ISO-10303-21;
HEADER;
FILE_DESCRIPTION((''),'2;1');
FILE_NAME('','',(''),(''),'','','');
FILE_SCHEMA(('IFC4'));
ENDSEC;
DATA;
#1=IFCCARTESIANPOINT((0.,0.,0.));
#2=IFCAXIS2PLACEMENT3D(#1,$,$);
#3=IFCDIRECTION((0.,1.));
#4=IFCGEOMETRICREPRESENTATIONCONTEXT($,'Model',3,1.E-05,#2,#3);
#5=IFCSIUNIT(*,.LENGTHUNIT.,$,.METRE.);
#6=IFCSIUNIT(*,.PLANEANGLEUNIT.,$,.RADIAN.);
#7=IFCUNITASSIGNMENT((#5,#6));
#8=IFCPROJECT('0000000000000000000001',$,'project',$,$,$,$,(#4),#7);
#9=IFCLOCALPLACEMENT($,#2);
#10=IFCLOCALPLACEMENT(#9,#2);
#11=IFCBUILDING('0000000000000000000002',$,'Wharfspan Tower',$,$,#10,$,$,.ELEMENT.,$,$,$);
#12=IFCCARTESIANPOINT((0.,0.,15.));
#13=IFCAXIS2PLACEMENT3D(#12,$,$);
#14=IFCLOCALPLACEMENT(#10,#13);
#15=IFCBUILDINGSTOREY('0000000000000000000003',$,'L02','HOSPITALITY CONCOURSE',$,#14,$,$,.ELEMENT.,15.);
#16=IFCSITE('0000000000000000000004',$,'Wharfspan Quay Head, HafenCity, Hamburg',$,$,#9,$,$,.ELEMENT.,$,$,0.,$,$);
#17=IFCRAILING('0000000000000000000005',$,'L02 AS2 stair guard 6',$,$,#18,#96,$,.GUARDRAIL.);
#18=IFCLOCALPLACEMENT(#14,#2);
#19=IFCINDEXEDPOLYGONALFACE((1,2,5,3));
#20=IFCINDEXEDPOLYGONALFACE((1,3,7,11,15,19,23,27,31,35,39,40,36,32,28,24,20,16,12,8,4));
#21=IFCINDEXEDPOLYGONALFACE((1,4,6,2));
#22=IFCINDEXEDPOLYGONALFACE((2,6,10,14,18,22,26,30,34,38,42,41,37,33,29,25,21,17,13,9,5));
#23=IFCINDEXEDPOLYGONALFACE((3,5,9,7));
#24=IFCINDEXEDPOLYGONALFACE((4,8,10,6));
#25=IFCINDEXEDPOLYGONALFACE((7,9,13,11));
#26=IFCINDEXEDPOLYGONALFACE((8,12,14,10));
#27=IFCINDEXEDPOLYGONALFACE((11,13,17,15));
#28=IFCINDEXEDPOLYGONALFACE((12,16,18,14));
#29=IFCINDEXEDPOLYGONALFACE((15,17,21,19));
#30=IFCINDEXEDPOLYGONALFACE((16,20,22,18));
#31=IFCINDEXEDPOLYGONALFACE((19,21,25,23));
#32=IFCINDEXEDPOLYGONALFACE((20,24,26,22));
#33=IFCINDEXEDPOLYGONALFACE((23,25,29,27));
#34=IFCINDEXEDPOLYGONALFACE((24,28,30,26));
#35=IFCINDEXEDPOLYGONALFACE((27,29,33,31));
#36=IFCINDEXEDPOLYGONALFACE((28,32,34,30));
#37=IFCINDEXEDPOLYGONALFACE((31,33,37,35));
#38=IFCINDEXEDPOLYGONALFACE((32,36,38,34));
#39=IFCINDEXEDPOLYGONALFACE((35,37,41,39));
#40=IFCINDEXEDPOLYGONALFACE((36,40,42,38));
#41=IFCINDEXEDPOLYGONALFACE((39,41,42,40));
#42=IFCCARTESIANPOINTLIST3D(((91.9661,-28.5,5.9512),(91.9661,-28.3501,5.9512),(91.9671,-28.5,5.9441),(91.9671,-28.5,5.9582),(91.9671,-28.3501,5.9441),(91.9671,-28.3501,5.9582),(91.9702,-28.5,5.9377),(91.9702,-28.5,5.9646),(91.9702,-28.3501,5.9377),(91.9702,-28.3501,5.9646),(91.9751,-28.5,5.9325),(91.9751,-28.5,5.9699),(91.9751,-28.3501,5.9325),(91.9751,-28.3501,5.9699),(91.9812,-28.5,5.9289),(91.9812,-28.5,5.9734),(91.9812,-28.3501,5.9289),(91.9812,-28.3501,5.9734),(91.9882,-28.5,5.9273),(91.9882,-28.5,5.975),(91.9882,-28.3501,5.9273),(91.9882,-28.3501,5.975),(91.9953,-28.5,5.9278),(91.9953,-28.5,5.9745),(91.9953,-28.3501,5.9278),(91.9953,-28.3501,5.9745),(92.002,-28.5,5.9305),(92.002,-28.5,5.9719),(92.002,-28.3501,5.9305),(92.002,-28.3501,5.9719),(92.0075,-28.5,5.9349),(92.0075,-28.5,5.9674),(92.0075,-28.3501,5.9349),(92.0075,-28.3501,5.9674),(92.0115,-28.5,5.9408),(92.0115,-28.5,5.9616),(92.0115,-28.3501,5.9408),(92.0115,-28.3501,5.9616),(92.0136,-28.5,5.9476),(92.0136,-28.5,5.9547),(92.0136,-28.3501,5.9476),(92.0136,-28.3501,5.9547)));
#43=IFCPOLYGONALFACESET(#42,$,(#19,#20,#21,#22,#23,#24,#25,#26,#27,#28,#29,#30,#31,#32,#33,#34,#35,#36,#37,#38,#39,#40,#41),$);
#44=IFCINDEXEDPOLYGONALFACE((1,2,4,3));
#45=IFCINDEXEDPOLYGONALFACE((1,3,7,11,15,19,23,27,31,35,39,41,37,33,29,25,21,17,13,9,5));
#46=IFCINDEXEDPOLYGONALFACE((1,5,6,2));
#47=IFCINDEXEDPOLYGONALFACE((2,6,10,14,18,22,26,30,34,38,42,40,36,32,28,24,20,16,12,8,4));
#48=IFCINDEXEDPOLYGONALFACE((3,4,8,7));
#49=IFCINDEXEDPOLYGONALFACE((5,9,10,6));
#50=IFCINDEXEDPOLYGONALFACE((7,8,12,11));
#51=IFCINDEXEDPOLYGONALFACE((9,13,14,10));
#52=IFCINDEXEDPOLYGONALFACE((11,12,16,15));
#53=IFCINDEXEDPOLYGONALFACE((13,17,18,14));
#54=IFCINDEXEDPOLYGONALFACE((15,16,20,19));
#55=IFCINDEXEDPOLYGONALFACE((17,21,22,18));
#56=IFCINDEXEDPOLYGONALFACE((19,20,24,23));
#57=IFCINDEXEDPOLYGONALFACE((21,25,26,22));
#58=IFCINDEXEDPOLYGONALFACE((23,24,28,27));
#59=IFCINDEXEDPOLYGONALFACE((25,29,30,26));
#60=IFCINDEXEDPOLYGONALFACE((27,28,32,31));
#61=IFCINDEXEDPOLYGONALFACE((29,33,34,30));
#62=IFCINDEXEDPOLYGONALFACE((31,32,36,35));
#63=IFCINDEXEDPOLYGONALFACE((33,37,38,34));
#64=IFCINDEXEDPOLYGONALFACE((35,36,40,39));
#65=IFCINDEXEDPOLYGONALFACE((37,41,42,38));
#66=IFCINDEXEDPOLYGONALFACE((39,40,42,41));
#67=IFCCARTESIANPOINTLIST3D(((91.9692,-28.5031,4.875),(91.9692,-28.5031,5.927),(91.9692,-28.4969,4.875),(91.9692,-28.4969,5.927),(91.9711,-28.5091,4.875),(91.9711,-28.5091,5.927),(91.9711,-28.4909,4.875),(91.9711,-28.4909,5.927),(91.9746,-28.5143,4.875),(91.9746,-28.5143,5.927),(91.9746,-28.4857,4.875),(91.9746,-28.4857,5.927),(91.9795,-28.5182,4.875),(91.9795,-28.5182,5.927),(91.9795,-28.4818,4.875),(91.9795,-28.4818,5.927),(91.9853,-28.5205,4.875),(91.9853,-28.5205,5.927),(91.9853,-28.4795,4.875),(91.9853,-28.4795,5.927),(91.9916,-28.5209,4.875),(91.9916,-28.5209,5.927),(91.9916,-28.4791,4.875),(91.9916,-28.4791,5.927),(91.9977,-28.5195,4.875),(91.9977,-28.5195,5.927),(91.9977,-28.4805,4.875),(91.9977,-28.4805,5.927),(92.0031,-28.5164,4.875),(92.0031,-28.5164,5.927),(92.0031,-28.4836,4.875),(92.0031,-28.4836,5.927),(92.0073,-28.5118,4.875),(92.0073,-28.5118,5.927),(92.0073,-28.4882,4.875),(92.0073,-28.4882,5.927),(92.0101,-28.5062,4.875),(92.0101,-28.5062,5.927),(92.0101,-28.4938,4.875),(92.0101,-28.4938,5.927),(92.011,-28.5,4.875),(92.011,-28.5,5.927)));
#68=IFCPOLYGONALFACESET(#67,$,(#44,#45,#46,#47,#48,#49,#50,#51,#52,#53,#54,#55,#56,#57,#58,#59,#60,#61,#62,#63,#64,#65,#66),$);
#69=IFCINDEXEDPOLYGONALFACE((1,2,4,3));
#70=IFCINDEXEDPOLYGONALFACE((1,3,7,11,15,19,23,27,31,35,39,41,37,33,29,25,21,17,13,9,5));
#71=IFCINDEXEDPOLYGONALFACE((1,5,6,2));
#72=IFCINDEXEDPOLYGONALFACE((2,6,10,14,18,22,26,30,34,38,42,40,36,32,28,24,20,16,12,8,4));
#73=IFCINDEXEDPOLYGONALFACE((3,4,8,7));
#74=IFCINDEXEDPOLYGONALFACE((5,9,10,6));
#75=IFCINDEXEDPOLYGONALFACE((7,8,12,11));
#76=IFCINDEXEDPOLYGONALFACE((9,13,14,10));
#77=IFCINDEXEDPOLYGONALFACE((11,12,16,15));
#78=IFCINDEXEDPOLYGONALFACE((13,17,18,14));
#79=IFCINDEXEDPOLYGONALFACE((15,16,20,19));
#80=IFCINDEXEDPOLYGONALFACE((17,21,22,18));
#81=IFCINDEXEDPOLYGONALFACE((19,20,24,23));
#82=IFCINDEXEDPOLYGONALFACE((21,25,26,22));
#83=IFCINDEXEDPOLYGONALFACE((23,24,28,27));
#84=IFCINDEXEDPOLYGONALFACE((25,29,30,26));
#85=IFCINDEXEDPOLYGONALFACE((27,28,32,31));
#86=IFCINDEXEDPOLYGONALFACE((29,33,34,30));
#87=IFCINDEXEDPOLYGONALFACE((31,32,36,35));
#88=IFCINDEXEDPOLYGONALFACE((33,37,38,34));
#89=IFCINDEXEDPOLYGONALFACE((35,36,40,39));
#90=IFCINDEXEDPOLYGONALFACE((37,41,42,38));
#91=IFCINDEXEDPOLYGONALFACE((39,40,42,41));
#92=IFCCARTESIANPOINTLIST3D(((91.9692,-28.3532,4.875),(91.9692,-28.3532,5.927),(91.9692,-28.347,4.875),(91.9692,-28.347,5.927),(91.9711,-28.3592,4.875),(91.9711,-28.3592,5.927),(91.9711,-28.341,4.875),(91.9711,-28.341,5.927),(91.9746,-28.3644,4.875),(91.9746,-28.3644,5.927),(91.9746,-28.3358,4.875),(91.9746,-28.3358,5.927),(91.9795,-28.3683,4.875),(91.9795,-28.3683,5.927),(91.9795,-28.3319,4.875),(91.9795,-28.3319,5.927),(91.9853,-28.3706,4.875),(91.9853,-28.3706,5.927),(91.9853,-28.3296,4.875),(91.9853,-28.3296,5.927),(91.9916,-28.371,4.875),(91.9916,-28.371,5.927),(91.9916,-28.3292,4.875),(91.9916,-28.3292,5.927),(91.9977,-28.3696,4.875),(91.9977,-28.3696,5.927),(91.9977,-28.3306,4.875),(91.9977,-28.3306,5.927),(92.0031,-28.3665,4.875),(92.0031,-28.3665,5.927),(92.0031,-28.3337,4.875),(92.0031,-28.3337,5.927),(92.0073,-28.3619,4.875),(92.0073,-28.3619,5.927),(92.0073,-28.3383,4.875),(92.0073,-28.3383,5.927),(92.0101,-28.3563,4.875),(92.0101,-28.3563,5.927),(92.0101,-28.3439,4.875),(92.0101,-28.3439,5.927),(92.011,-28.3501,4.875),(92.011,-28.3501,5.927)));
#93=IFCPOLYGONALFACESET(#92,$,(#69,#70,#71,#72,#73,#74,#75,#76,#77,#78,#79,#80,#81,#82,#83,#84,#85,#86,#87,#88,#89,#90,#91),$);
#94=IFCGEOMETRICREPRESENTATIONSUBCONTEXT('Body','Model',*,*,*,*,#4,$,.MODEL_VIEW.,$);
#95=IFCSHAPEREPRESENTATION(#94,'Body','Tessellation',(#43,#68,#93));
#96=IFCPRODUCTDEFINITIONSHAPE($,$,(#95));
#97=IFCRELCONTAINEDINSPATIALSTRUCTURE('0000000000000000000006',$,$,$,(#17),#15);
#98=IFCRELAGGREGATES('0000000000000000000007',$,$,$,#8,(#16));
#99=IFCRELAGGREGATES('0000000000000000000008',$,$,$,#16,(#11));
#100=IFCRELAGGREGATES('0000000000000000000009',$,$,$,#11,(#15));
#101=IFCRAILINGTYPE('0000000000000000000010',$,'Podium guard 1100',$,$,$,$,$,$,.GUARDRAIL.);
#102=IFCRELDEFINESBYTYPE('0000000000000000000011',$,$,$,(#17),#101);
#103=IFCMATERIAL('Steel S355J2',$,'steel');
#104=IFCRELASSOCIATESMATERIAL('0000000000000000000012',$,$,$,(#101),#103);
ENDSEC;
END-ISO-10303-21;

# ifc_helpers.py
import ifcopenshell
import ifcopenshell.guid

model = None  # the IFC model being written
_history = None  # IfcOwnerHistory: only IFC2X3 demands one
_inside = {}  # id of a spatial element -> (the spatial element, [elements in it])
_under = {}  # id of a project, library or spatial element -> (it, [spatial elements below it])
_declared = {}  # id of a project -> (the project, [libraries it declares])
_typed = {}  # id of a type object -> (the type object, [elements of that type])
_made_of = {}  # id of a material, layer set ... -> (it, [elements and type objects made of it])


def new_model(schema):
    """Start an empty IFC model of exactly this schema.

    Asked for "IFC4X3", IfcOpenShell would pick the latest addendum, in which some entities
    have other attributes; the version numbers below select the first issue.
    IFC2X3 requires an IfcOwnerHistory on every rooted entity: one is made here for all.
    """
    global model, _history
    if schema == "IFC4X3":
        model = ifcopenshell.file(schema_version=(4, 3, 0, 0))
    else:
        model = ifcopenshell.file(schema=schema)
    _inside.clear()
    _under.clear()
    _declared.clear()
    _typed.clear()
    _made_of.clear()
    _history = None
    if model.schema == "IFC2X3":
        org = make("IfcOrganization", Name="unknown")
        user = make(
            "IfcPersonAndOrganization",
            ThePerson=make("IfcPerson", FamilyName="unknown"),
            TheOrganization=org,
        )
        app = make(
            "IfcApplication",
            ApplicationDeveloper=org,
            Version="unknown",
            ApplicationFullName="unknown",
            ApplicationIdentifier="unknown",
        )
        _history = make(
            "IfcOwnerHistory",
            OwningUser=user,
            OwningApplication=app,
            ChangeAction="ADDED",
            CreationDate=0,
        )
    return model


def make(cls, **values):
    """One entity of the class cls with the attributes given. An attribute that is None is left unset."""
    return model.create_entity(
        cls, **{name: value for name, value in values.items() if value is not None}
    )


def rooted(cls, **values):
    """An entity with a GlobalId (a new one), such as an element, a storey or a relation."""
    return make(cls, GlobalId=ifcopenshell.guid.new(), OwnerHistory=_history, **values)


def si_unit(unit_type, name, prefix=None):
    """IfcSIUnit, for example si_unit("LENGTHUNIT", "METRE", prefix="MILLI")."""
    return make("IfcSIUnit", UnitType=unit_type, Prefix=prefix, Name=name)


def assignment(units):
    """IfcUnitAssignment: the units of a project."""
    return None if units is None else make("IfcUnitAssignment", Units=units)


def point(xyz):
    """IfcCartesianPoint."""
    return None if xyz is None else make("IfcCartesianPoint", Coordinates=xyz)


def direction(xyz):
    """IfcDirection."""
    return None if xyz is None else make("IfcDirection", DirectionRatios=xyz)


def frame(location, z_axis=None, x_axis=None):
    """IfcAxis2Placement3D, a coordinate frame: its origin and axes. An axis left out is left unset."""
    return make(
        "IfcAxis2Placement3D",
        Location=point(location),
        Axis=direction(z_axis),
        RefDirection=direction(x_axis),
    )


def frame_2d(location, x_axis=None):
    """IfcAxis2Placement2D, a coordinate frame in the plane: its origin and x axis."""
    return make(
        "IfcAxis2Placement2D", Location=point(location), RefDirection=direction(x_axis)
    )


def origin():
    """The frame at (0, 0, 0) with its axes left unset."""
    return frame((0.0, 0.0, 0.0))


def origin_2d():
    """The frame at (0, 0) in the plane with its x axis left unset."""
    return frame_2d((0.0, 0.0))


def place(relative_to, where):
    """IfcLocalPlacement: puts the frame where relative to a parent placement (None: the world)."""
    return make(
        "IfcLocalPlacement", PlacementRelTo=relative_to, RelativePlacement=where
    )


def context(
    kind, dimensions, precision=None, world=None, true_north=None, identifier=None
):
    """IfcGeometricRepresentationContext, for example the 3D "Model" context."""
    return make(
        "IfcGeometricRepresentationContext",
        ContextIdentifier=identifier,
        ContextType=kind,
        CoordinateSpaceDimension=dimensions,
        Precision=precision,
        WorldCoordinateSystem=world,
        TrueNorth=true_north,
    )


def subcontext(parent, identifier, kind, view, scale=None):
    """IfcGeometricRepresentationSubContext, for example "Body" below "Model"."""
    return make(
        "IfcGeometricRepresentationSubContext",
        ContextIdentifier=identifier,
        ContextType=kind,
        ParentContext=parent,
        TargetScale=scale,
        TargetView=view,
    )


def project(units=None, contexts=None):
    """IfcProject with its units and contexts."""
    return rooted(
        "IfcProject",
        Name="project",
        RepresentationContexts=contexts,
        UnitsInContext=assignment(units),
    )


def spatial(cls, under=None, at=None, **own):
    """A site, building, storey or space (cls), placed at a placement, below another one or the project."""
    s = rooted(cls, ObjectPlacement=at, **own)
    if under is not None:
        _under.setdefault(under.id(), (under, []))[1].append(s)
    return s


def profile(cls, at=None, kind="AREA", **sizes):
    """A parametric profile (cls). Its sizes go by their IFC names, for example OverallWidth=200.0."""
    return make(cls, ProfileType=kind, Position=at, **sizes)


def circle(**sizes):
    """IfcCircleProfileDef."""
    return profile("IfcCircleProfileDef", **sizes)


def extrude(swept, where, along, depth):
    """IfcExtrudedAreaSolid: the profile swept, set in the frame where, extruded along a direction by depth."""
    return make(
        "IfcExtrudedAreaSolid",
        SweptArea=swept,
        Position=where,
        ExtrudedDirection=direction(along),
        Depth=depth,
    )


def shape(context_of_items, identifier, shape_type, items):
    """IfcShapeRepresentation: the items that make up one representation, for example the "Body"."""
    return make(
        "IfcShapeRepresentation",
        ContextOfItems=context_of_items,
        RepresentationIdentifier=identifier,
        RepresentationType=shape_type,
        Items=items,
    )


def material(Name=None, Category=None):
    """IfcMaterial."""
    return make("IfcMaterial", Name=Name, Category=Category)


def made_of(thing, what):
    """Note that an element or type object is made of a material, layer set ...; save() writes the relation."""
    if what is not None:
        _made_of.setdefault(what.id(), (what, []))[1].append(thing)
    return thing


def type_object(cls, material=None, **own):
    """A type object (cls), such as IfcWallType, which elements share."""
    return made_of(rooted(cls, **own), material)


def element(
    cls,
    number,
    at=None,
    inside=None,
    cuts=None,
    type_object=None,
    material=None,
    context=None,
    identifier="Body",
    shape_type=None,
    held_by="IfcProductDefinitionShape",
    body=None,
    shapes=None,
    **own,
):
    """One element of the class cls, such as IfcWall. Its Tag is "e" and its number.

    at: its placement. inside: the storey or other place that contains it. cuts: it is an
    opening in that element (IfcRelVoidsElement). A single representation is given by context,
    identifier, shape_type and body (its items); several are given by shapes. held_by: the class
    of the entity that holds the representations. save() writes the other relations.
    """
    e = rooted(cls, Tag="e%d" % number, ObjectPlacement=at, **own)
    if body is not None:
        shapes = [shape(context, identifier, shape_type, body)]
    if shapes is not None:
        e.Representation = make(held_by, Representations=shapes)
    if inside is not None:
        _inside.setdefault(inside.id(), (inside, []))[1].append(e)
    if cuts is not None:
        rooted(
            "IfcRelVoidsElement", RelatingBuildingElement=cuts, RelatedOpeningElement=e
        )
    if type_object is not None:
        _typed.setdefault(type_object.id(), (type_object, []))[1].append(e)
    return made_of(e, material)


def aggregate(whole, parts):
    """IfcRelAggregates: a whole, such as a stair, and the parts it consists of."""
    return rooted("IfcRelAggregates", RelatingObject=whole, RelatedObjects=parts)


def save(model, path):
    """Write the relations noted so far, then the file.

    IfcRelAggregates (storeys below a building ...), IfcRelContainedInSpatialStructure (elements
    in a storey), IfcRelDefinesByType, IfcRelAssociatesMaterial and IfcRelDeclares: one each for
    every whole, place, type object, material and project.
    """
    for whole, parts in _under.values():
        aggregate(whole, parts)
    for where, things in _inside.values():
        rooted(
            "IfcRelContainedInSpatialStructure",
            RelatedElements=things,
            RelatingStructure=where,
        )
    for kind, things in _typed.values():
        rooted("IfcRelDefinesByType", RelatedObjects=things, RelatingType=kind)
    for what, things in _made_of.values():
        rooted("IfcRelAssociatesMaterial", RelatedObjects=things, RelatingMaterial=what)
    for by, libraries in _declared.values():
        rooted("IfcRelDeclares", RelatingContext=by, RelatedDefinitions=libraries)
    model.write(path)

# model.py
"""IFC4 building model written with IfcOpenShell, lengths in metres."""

from ifc_helpers import new_model, si_unit, direction, frame, origin, origin_2d, place, context, subcontext, project, spatial, circle, extrude, material, type_object, element, save


model = new_model("IFC4")

# Units and contexts
model_context = context("Model", 3, precision=1e-05, world=origin(), true_north=direction((0.0, 1.0)))
body_context = subcontext(model_context, "Body", "Model", "MODEL_VIEW")
ifc_project = project(units=[si_unit("LENGTHUNIT", "METRE"), si_unit("PLANEANGLEUNIT", "RADIAN")], contexts=[model_context])

# Site, building, storey
site_placement = place(None, origin())
site = spatial("IfcSite", under=ifc_project, at=site_placement, Name="Wharfspan Quay Head, HafenCity, Hamburg", CompositionType="ELEMENT", RefElevation=0.0)
building_placement = place(site_placement, origin())
building = spatial("IfcBuilding", under=site, at=building_placement, Name="Wharfspan Tower", CompositionType="ELEMENT")
storey_placement = place(building_placement, frame((0.0, 0.0, 15.0)))
storey = spatial("IfcBuildingStorey", under=building, at=storey_placement, Name="L02", Description="HOSPITALITY CONCOURSE", CompositionType="ELEMENT", Elevation=15.0)

# Railing
ifc_material_1 = material(Name="Steel S355J2", Category="steel")
railing_type_1 = type_object("IfcRailingType", Name="Podium guard 1100", PredefinedType="GUARDRAIL", material=ifc_material_1)
railing_1_placement = place(storey_placement, frame((91.99, -28.5, 4.875)))
element("IfcRailing", 1, at=railing_1_placement, inside=storey, type_object=railing_type_1, Name="L02 AS2 stair guard 6", PredefinedType="GUARDRAIL", context=body_context, shape_type="SweptSolid", body=[
    extrude(circle(Radius=0.0239, at=origin_2d()), frame((0.0, 0.0, 1.0762), z_axis=(0.0, 1.0, 0.0), x_axis=(-1.0, 0.0, 0.0)), (0.0, 0.0, 1.0), 0.1499),
    extrude(circle(Radius=0.021, at=origin_2d()), origin(), (0.0, 0.0, 1.0), 1.052),
    extrude(circle(Radius=0.021, at=origin_2d()), frame((0.0, 0.1499, 0.0)), (0.0, 0.0, 1.0), 1.052),
])

save(model, "model.ifc")
